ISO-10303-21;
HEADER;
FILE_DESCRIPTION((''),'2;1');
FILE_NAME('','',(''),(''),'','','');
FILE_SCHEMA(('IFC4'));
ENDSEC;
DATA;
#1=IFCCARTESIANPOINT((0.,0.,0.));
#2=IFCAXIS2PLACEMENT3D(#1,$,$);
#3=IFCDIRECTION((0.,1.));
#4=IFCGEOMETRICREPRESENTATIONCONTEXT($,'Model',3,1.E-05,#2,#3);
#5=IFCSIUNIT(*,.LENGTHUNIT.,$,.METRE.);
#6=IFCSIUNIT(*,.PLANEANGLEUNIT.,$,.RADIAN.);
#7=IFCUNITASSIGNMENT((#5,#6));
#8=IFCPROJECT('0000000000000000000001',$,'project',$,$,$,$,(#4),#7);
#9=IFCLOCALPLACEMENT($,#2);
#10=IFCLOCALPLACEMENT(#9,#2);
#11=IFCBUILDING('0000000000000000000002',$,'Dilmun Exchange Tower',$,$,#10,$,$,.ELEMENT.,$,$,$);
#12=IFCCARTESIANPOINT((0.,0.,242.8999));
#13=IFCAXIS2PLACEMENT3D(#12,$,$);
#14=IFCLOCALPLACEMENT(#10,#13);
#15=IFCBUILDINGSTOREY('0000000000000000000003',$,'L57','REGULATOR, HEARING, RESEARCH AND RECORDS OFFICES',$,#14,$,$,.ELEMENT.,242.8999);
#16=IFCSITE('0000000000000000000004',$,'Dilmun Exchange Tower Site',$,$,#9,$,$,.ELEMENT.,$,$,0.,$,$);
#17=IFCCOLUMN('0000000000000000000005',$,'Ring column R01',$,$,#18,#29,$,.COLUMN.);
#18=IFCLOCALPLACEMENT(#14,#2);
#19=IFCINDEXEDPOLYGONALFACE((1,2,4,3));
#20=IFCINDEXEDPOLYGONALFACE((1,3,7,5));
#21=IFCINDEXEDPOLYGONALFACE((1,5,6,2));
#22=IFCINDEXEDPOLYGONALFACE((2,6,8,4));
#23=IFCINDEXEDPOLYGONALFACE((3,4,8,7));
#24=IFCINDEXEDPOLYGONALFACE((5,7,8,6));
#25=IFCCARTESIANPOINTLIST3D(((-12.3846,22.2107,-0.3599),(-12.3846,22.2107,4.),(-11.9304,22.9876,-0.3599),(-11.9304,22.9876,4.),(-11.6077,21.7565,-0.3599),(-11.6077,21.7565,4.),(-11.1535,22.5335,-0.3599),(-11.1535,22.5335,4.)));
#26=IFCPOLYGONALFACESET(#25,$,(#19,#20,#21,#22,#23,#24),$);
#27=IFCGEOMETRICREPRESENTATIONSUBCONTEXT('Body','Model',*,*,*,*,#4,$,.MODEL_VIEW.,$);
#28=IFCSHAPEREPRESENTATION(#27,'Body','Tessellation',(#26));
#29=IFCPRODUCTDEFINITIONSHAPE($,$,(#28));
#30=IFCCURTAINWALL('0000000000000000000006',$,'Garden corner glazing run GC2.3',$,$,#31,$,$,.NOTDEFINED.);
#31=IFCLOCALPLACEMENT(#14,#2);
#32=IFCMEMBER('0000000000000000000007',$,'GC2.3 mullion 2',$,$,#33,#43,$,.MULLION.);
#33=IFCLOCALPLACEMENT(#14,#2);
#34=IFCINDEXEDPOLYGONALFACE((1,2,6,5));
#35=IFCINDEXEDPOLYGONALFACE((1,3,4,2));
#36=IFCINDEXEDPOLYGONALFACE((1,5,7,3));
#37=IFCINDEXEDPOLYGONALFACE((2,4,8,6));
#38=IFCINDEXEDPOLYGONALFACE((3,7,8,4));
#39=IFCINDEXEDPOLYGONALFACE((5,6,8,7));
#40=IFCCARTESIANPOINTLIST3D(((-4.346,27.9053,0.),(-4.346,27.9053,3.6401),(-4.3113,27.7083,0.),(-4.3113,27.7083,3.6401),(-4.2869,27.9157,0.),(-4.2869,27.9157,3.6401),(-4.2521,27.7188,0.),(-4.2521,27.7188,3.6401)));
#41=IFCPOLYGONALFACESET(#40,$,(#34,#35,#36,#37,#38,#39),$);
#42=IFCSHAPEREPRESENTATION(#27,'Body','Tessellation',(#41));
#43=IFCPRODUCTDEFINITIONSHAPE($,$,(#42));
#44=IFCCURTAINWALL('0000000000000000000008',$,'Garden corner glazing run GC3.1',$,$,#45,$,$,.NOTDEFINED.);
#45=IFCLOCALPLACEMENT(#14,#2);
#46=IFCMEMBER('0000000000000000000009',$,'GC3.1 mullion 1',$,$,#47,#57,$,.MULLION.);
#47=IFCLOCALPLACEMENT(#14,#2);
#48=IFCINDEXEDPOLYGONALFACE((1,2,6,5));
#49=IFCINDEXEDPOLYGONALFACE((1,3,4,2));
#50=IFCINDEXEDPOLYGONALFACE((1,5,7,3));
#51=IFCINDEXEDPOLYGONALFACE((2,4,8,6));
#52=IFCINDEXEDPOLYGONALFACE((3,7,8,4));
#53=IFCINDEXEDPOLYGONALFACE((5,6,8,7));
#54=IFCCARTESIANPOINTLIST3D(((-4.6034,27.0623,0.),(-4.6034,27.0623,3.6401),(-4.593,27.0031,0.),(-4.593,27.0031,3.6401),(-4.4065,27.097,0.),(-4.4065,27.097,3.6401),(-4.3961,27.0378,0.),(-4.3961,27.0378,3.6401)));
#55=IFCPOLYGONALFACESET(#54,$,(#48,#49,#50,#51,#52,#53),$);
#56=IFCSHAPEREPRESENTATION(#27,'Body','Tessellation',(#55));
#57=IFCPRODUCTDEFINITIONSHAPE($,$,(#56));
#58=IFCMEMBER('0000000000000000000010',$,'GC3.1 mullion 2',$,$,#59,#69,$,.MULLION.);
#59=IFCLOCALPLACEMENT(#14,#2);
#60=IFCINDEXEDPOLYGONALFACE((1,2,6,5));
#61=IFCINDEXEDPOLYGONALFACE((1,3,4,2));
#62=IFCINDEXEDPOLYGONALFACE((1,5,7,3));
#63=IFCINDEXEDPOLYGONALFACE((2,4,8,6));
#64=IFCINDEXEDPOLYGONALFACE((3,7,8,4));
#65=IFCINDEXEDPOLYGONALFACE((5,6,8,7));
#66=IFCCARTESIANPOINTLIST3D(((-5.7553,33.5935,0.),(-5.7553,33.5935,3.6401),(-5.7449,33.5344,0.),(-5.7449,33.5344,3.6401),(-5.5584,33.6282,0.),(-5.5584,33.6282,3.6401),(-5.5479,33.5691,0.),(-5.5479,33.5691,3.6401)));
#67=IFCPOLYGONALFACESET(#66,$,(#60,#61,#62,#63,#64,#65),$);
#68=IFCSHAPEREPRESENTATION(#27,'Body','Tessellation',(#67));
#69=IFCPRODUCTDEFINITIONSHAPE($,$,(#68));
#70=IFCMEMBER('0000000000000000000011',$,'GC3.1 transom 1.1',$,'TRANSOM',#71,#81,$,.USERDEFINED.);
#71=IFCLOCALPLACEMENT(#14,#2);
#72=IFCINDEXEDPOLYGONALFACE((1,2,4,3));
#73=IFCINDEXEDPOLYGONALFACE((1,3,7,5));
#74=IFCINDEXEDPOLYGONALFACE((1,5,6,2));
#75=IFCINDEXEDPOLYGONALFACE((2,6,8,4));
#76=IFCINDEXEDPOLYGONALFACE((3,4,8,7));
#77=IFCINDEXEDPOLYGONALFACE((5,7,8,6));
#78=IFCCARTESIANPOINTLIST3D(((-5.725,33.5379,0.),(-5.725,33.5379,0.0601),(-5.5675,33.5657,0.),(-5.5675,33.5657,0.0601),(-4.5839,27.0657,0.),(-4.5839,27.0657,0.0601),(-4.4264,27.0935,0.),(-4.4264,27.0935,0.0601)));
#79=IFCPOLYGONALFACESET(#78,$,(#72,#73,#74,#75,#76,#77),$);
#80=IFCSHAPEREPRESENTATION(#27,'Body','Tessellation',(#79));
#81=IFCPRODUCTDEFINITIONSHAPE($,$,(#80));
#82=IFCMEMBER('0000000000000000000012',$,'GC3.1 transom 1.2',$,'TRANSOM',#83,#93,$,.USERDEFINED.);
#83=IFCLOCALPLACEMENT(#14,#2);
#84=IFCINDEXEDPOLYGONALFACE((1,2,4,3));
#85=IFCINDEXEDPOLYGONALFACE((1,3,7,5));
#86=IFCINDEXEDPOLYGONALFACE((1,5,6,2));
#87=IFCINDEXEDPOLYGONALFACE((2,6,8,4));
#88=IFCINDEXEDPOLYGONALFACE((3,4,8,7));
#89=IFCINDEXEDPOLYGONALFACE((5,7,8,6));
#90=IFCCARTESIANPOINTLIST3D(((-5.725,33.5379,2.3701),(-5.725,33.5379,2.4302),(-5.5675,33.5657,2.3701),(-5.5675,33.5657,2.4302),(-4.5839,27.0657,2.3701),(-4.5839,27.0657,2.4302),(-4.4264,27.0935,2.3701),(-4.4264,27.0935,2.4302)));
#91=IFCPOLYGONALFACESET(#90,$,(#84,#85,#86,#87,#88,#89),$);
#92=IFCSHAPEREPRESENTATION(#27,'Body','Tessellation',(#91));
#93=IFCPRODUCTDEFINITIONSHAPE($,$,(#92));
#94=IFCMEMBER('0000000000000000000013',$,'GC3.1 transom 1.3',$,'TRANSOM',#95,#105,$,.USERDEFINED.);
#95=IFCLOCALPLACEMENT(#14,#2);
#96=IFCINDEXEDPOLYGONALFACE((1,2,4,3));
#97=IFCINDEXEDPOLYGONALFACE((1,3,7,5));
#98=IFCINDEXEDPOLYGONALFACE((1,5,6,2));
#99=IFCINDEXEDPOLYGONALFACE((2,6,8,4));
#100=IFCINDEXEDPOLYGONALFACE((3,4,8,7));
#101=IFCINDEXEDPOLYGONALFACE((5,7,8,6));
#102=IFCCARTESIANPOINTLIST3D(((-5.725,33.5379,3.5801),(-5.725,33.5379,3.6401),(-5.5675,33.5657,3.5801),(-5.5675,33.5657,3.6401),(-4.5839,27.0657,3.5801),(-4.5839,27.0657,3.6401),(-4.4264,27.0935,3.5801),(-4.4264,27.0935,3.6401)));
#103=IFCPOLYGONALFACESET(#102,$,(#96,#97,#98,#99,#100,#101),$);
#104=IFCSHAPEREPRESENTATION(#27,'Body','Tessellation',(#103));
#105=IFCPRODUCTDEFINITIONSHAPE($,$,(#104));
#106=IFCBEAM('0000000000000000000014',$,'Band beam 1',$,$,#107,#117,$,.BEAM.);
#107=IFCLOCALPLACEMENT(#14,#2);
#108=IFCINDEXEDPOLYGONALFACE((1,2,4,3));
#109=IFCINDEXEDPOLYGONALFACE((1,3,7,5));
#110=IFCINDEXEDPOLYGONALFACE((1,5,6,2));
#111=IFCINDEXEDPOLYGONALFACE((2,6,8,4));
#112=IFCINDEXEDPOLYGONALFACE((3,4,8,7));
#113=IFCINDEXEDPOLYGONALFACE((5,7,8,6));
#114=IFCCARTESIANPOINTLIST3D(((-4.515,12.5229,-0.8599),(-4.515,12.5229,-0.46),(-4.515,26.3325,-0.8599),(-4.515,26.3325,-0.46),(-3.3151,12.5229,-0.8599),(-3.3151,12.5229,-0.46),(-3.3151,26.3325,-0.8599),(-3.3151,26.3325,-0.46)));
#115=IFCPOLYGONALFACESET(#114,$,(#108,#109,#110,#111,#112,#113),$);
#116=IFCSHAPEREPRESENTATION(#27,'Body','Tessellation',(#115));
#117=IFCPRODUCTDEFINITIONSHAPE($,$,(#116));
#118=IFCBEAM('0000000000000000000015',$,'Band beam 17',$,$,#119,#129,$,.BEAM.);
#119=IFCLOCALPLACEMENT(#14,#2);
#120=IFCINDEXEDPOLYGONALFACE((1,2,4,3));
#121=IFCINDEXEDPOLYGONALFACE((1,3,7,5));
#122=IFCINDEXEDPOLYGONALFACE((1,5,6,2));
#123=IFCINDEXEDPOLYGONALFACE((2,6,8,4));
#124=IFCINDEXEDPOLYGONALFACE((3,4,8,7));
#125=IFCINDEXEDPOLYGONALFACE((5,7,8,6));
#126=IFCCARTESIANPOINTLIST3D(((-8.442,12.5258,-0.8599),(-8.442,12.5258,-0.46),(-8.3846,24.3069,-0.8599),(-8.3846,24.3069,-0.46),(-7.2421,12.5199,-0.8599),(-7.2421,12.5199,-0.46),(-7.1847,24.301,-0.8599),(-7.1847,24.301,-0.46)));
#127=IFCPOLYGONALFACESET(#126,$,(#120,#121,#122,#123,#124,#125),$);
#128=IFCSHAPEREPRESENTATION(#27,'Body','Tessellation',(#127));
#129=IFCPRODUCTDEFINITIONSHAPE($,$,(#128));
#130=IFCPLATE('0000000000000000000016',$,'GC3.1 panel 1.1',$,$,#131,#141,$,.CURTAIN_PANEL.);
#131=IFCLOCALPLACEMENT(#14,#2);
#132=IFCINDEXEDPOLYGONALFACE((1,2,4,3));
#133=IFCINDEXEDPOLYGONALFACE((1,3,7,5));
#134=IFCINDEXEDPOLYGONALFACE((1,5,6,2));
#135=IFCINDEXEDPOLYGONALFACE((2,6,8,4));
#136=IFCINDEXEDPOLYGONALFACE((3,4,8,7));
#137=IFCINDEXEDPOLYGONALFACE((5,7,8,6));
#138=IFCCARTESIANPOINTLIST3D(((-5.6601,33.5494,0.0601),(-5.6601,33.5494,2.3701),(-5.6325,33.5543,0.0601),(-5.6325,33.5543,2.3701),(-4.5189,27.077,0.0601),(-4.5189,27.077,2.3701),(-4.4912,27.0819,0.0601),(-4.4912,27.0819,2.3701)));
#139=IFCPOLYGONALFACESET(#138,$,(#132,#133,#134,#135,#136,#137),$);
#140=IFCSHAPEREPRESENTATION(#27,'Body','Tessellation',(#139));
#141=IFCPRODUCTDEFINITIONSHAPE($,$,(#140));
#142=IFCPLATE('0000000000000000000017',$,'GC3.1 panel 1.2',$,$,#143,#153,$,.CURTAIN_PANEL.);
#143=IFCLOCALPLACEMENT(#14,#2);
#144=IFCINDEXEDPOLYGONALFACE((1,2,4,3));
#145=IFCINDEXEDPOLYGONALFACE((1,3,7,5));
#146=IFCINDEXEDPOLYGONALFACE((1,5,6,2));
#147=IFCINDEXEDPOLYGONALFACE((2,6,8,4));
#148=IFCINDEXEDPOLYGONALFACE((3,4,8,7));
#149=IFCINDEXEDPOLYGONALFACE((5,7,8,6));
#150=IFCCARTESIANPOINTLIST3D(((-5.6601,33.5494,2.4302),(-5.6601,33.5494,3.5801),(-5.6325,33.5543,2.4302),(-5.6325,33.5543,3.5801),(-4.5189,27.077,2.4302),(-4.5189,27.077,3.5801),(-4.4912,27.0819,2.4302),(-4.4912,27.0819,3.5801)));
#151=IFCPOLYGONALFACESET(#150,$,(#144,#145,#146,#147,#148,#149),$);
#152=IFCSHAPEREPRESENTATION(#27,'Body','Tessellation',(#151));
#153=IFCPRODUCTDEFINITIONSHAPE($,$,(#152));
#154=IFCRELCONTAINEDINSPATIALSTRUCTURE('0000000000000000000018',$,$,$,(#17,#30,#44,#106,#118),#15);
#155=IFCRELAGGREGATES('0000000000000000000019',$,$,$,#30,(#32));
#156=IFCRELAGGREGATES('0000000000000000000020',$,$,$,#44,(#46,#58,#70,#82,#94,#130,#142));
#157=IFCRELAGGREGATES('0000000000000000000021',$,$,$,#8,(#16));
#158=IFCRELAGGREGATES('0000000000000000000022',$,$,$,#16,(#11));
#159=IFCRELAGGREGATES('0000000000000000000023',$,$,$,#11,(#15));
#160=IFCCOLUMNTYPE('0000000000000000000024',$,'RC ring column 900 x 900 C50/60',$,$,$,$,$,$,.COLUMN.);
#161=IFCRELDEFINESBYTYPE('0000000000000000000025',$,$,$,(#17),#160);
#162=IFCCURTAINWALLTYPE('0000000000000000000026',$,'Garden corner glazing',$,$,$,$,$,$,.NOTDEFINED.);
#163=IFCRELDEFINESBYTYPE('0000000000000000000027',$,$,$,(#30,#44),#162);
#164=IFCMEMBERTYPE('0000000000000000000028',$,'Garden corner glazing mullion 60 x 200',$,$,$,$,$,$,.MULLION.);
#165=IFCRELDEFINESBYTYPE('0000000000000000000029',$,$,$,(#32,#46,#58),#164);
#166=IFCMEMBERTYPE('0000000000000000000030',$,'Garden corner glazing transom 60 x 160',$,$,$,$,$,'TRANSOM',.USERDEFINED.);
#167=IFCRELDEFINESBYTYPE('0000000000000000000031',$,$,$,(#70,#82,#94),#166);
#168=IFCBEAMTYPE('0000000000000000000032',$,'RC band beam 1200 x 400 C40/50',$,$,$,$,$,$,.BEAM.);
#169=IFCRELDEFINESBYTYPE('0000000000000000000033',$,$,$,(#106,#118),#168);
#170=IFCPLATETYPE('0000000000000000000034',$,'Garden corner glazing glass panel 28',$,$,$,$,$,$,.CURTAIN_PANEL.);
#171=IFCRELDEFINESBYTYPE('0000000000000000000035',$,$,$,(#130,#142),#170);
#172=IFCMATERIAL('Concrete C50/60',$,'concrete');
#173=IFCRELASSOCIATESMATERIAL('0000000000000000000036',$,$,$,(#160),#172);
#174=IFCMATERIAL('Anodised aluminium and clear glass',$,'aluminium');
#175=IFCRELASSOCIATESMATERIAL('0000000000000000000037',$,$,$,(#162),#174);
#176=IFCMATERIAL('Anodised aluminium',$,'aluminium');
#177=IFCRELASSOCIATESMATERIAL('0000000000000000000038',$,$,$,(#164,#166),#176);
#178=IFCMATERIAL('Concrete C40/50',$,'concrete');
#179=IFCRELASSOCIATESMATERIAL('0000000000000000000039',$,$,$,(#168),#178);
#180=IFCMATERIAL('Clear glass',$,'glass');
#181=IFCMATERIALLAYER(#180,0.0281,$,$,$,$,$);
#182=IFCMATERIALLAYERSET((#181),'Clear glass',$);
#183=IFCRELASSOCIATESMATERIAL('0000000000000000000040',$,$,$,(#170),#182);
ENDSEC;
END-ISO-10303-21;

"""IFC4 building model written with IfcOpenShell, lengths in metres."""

from ifc_helpers import new_model, si_unit, direction, frame, origin, origin_2d, place, context, subcontext, project, spatial, rectangle, extrude, material, layer, layer_set, material_profile, profile_set, type_object, element, aggregate, save


model = new_model("IFC4")

# Units and contexts
model_context = context("Model", 3, precision=1e-05, world=origin(), true_north=direction((0.0, 1.0)))
body_context = subcontext(model_context, "Body", "Model", "MODEL_VIEW")
ifc_project = project(units=[si_unit("LENGTHUNIT", "METRE"), si_unit("PLANEANGLEUNIT", "RADIAN")], contexts=[model_context])

# Site, building, storey
site_placement = place(None, origin())
site = spatial("IfcSite", under=ifc_project, at=site_placement, Name="Dilmun Exchange Tower Site", CompositionType="ELEMENT", RefElevation=0.0)
building_placement = place(site_placement, origin())
building = spatial("IfcBuilding", under=site, at=building_placement, Name="Dilmun Exchange Tower", CompositionType="ELEMENT")
storey_placement = place(building_placement, frame((0.0, 0.0, 242.8999)))
storey = spatial("IfcBuildingStorey", under=building, at=storey_placement, Name="L57", Description="REGULATOR, HEARING, RESEARCH AND RECORDS OFFICES", CompositionType="ELEMENT", Elevation=242.8999)

# Column
ifc_material_1 = material(Name="Concrete C50/60", Category="concrete")
ifc_material_profile_1 = material_profile(ifc_material_1, rectangle(XDim=0.8999, YDim=0.8999, at=origin_2d()), Name="900 x 900")
ifc_profile_set_1 = profile_set([ifc_material_profile_1], Name="Concrete C50/60")
column_type = type_object("IfcColumnType", Name="RC ring column 900 x 900 C50/60", PredefinedType="COLUMN", material=ifc_profile_set_1)
column_placement = place(storey_placement, frame((-11.769, 22.3721, -0.3599), z_axis=(0.0, 0.0, 1.0), x_axis=(0.504644, 0.863328, 0.0)))
element("IfcColumn", 1, at=column_placement, inside=storey, type_object=column_type, Name="Ring column R01", PredefinedType="COLUMN", context=body_context, shape_type="SweptSolid", body=[
    extrude(rectangle(XDim=0.8999, YDim=0.8999, at=origin_2d()), origin(), (0.0, 0.0, 1.0), 4.3599),
])

# Curtain wall, member
ifc_material_2 = material(Name="Anodised aluminium and clear glass", Category="aluminium")
curtain_wall_type = type_object("IfcCurtainWallType", Name="Garden corner glazing", PredefinedType="NOTDEFINED", material=ifc_material_2)
curtain_wall_1_placement = place(storey_placement, origin())
curtain_wall_1 = element("IfcCurtainWall", 2, at=curtain_wall_1_placement, inside=storey, type_object=curtain_wall_type, Name="Garden corner glazing run GC2.3", PredefinedType="NOTDEFINED")
ifc_material_3 = material(Name="Anodised aluminium", Category="aluminium")
ifc_material_profile_2 = material_profile(ifc_material_3, rectangle(XDim=0.2, YDim=0.0601, at=origin_2d()), Name="AL 60x200")
ifc_profile_set_2 = profile_set([ifc_material_profile_2], Name="Anodised aluminium")
member_type_1 = type_object("IfcMemberType", Name="Garden corner glazing mullion 60 x 200", PredefinedType="MULLION", material=ifc_profile_set_2)
member_1_placement = place(storey_placement, frame((-4.2991, 27.812, 0.0), z_axis=(0.0, 0.0, 1.0), x_axis=(0.173631, -0.984811, 0.0)))
member_1 = element("IfcMember", 3, at=member_1_placement, type_object=member_type_1, Name="GC2.3 mullion 2", PredefinedType="MULLION", context=body_context, shape_type="SweptSolid", body=[
    extrude(rectangle(XDim=0.2, YDim=0.0601, at=origin_2d()), origin(), (0.0, 0.0, 1.0), 3.6401),
])
aggregate(curtain_wall_1, [member_1])

# Curtain wall, members
curtain_wall_2_placement = place(storey_placement, origin())
curtain_wall_2 = element("IfcCurtainWall", 4, at=curtain_wall_2_placement, inside=storey, type_object=curtain_wall_type, Name="Garden corner glazing run GC3.1", PredefinedType="NOTDEFINED")
member_2_placement = place(storey_placement, frame((-4.4998, 27.05, 0.0), z_axis=(0.0, 0.0, 1.0), x_axis=(-0.984807, -0.173651, 0.0)))
member_2 = element("IfcMember", 5, at=member_2_placement, type_object=member_type_1, Name="GC3.1 mullion 1", PredefinedType="MULLION", context=body_context, shape_type="SweptSolid", body=[
    extrude(rectangle(XDim=0.2, YDim=0.0601, at=origin_2d()), origin(), (0.0, 0.0, 1.0), 3.6401),
])
member_3_placement = place(storey_placement, frame((-5.6516, 33.5813, 0.0), z_axis=(0.0, 0.0, 1.0), x_axis=(-0.984807, -0.173651, 0.0)))
member_3 = element("IfcMember", 6, at=member_3_placement, type_object=member_type_1, Name="GC3.1 mullion 2", PredefinedType="MULLION", context=body_context, shape_type="SweptSolid", body=[
    extrude(rectangle(XDim=0.2, YDim=0.0601, at=origin_2d()), origin(), (0.0, 0.0, 1.0), 3.6401),
])
ifc_material_profile_3 = material_profile(ifc_material_3, rectangle(XDim=0.1599, YDim=0.0601, at=origin_2d()), Name="AL 60x160")
ifc_profile_set_3 = profile_set([ifc_material_profile_3], Name="Anodised aluminium")
member_type_2 = type_object("IfcMemberType", Name="Garden corner glazing transom 60 x 160", ElementType="TRANSOM", PredefinedType="USERDEFINED", material=ifc_profile_set_3)
member_4_placement = place(storey_placement, frame((-4.5051, 27.0796, 0.03), z_axis=(-0.173633, 0.98481, 0.0), x_axis=(-0.98481, -0.173633, 0.0)))
member_4 = element("IfcMember", 7, at=member_4_placement, type_object=member_type_2, Name="GC3.1 transom 1.1", ObjectType="TRANSOM", PredefinedType="USERDEFINED", context=body_context, shape_type="SweptSolid", body=[
    extrude(rectangle(XDim=0.1599, YDim=0.0601, at=origin_2d()), origin(), (0.0, 0.0, 1.0), 6.572),
])
member_5_placement = place(storey_placement, frame((-4.5051, 27.0796, 2.4001), z_axis=(-0.173633, 0.98481, 0.0), x_axis=(-0.98481, -0.173633, 0.0)))
member_5 = element("IfcMember", 8, at=member_5_placement, type_object=member_type_2, Name="GC3.1 transom 1.2", ObjectType="TRANSOM", PredefinedType="USERDEFINED", context=body_context, shape_type="SweptSolid", body=[
    extrude(rectangle(XDim=0.1599, YDim=0.0601, at=origin_2d()), origin(), (0.0, 0.0, 1.0), 6.572),
])
member_6_placement = place(storey_placement, frame((-4.5051, 27.0796, 3.6101), z_axis=(-0.173633, 0.98481, 0.0), x_axis=(-0.98481, -0.173633, 0.0)))
member_6 = element("IfcMember", 9, at=member_6_placement, type_object=member_type_2, Name="GC3.1 transom 1.3", ObjectType="TRANSOM", PredefinedType="USERDEFINED", context=body_context, shape_type="SweptSolid", body=[
    extrude(rectangle(XDim=0.1599, YDim=0.0601, at=origin_2d()), origin(), (0.0, 0.0, 1.0), 6.572),
])

# Beams
ifc_material_4 = material(Name="Concrete C40/50", Category="concrete")
ifc_material_profile_4 = material_profile(ifc_material_4, rectangle(XDim=1.2, YDim=0.3999, at=origin_2d()), Name="1200 x 400")
ifc_profile_set_4 = profile_set([ifc_material_profile_4], Name="Concrete C40/50")
beam_type = type_object("IfcBeamType", Name="RC band beam 1200 x 400 C40/50", PredefinedType="BEAM", material=ifc_profile_set_4)
beam_1_placement = place(storey_placement, frame((-3.915, 26.3325, -0.6599), z_axis=(0.0, -1.0, 0.0), x_axis=(1.0, 0.0, 0.0)))
element("IfcBeam", 10, at=beam_1_placement, inside=storey, type_object=beam_type, Name="Band beam 1", PredefinedType="BEAM", context=body_context, shape_type="SweptSolid", body=[
    extrude(rectangle(XDim=1.2, YDim=0.3999, at=origin_2d()), origin(), (0.0, 0.0, 1.0), 13.8096),
])
beam_2_placement = place(storey_placement, frame((-7.7847, 24.304, -0.6599), z_axis=(-0.00487, -0.999988, 0.0), x_axis=(0.999988, -0.00487, 0.0)))
element("IfcBeam", 11, at=beam_2_placement, inside=storey, type_object=beam_type, Name="Band beam 17", PredefinedType="BEAM", context=body_context, shape_type="SweptSolid", body=[
    extrude(rectangle(XDim=1.2, YDim=0.3999, at=origin_2d()), origin(), (0.0, 0.0, 1.0), 11.7812),
])

# Plates
ifc_material_5 = material(Name="Clear glass", Category="glass")
ifc_layer_1 = layer(ifc_material_5, 0.0281)
ifc_layer_set_1 = layer_set([ifc_layer_1], Name="Clear glass")
plate_type = type_object("IfcPlateType", Name="Garden corner glazing glass panel 28", PredefinedType="CURTAIN_PANEL", material=ifc_layer_set_1)
plate_1_placement = place(storey_placement, frame((-5.0757, 30.3157, 0.0601), z_axis=(0.0, 0.0, 1.0), x_axis=(-0.173651, 0.984807, 0.0)))
plate_1 = element("IfcPlate", 12, at=plate_1_placement, type_object=plate_type, Name="GC3.1 panel 1.1", PredefinedType="CURTAIN_PANEL", context=body_context, shape_type="SweptSolid", body=[
    extrude(rectangle(XDim=6.5723, YDim=0.0281, at=origin_2d()), origin(), (0.0, 0.0, 1.0), 2.3101),
])
plate_2_placement = place(storey_placement, frame((-5.0757, 30.3157, 2.4302), z_axis=(0.0, 0.0, 1.0), x_axis=(-0.173651, 0.984807, 0.0)))
plate_2 = element("IfcPlate", 13, at=plate_2_placement, type_object=plate_type, Name="GC3.1 panel 1.2", PredefinedType="CURTAIN_PANEL", context=body_context, shape_type="SweptSolid", body=[
    extrude(rectangle(XDim=6.5723, YDim=0.0281, at=origin_2d()), origin(), (0.0, 0.0, 1.0), 1.1499),
])
aggregate(curtain_wall_2, [member_2, member_3, member_4, member_5, member_6, plate_1, plate_2])

save(model, "model.ifc")
